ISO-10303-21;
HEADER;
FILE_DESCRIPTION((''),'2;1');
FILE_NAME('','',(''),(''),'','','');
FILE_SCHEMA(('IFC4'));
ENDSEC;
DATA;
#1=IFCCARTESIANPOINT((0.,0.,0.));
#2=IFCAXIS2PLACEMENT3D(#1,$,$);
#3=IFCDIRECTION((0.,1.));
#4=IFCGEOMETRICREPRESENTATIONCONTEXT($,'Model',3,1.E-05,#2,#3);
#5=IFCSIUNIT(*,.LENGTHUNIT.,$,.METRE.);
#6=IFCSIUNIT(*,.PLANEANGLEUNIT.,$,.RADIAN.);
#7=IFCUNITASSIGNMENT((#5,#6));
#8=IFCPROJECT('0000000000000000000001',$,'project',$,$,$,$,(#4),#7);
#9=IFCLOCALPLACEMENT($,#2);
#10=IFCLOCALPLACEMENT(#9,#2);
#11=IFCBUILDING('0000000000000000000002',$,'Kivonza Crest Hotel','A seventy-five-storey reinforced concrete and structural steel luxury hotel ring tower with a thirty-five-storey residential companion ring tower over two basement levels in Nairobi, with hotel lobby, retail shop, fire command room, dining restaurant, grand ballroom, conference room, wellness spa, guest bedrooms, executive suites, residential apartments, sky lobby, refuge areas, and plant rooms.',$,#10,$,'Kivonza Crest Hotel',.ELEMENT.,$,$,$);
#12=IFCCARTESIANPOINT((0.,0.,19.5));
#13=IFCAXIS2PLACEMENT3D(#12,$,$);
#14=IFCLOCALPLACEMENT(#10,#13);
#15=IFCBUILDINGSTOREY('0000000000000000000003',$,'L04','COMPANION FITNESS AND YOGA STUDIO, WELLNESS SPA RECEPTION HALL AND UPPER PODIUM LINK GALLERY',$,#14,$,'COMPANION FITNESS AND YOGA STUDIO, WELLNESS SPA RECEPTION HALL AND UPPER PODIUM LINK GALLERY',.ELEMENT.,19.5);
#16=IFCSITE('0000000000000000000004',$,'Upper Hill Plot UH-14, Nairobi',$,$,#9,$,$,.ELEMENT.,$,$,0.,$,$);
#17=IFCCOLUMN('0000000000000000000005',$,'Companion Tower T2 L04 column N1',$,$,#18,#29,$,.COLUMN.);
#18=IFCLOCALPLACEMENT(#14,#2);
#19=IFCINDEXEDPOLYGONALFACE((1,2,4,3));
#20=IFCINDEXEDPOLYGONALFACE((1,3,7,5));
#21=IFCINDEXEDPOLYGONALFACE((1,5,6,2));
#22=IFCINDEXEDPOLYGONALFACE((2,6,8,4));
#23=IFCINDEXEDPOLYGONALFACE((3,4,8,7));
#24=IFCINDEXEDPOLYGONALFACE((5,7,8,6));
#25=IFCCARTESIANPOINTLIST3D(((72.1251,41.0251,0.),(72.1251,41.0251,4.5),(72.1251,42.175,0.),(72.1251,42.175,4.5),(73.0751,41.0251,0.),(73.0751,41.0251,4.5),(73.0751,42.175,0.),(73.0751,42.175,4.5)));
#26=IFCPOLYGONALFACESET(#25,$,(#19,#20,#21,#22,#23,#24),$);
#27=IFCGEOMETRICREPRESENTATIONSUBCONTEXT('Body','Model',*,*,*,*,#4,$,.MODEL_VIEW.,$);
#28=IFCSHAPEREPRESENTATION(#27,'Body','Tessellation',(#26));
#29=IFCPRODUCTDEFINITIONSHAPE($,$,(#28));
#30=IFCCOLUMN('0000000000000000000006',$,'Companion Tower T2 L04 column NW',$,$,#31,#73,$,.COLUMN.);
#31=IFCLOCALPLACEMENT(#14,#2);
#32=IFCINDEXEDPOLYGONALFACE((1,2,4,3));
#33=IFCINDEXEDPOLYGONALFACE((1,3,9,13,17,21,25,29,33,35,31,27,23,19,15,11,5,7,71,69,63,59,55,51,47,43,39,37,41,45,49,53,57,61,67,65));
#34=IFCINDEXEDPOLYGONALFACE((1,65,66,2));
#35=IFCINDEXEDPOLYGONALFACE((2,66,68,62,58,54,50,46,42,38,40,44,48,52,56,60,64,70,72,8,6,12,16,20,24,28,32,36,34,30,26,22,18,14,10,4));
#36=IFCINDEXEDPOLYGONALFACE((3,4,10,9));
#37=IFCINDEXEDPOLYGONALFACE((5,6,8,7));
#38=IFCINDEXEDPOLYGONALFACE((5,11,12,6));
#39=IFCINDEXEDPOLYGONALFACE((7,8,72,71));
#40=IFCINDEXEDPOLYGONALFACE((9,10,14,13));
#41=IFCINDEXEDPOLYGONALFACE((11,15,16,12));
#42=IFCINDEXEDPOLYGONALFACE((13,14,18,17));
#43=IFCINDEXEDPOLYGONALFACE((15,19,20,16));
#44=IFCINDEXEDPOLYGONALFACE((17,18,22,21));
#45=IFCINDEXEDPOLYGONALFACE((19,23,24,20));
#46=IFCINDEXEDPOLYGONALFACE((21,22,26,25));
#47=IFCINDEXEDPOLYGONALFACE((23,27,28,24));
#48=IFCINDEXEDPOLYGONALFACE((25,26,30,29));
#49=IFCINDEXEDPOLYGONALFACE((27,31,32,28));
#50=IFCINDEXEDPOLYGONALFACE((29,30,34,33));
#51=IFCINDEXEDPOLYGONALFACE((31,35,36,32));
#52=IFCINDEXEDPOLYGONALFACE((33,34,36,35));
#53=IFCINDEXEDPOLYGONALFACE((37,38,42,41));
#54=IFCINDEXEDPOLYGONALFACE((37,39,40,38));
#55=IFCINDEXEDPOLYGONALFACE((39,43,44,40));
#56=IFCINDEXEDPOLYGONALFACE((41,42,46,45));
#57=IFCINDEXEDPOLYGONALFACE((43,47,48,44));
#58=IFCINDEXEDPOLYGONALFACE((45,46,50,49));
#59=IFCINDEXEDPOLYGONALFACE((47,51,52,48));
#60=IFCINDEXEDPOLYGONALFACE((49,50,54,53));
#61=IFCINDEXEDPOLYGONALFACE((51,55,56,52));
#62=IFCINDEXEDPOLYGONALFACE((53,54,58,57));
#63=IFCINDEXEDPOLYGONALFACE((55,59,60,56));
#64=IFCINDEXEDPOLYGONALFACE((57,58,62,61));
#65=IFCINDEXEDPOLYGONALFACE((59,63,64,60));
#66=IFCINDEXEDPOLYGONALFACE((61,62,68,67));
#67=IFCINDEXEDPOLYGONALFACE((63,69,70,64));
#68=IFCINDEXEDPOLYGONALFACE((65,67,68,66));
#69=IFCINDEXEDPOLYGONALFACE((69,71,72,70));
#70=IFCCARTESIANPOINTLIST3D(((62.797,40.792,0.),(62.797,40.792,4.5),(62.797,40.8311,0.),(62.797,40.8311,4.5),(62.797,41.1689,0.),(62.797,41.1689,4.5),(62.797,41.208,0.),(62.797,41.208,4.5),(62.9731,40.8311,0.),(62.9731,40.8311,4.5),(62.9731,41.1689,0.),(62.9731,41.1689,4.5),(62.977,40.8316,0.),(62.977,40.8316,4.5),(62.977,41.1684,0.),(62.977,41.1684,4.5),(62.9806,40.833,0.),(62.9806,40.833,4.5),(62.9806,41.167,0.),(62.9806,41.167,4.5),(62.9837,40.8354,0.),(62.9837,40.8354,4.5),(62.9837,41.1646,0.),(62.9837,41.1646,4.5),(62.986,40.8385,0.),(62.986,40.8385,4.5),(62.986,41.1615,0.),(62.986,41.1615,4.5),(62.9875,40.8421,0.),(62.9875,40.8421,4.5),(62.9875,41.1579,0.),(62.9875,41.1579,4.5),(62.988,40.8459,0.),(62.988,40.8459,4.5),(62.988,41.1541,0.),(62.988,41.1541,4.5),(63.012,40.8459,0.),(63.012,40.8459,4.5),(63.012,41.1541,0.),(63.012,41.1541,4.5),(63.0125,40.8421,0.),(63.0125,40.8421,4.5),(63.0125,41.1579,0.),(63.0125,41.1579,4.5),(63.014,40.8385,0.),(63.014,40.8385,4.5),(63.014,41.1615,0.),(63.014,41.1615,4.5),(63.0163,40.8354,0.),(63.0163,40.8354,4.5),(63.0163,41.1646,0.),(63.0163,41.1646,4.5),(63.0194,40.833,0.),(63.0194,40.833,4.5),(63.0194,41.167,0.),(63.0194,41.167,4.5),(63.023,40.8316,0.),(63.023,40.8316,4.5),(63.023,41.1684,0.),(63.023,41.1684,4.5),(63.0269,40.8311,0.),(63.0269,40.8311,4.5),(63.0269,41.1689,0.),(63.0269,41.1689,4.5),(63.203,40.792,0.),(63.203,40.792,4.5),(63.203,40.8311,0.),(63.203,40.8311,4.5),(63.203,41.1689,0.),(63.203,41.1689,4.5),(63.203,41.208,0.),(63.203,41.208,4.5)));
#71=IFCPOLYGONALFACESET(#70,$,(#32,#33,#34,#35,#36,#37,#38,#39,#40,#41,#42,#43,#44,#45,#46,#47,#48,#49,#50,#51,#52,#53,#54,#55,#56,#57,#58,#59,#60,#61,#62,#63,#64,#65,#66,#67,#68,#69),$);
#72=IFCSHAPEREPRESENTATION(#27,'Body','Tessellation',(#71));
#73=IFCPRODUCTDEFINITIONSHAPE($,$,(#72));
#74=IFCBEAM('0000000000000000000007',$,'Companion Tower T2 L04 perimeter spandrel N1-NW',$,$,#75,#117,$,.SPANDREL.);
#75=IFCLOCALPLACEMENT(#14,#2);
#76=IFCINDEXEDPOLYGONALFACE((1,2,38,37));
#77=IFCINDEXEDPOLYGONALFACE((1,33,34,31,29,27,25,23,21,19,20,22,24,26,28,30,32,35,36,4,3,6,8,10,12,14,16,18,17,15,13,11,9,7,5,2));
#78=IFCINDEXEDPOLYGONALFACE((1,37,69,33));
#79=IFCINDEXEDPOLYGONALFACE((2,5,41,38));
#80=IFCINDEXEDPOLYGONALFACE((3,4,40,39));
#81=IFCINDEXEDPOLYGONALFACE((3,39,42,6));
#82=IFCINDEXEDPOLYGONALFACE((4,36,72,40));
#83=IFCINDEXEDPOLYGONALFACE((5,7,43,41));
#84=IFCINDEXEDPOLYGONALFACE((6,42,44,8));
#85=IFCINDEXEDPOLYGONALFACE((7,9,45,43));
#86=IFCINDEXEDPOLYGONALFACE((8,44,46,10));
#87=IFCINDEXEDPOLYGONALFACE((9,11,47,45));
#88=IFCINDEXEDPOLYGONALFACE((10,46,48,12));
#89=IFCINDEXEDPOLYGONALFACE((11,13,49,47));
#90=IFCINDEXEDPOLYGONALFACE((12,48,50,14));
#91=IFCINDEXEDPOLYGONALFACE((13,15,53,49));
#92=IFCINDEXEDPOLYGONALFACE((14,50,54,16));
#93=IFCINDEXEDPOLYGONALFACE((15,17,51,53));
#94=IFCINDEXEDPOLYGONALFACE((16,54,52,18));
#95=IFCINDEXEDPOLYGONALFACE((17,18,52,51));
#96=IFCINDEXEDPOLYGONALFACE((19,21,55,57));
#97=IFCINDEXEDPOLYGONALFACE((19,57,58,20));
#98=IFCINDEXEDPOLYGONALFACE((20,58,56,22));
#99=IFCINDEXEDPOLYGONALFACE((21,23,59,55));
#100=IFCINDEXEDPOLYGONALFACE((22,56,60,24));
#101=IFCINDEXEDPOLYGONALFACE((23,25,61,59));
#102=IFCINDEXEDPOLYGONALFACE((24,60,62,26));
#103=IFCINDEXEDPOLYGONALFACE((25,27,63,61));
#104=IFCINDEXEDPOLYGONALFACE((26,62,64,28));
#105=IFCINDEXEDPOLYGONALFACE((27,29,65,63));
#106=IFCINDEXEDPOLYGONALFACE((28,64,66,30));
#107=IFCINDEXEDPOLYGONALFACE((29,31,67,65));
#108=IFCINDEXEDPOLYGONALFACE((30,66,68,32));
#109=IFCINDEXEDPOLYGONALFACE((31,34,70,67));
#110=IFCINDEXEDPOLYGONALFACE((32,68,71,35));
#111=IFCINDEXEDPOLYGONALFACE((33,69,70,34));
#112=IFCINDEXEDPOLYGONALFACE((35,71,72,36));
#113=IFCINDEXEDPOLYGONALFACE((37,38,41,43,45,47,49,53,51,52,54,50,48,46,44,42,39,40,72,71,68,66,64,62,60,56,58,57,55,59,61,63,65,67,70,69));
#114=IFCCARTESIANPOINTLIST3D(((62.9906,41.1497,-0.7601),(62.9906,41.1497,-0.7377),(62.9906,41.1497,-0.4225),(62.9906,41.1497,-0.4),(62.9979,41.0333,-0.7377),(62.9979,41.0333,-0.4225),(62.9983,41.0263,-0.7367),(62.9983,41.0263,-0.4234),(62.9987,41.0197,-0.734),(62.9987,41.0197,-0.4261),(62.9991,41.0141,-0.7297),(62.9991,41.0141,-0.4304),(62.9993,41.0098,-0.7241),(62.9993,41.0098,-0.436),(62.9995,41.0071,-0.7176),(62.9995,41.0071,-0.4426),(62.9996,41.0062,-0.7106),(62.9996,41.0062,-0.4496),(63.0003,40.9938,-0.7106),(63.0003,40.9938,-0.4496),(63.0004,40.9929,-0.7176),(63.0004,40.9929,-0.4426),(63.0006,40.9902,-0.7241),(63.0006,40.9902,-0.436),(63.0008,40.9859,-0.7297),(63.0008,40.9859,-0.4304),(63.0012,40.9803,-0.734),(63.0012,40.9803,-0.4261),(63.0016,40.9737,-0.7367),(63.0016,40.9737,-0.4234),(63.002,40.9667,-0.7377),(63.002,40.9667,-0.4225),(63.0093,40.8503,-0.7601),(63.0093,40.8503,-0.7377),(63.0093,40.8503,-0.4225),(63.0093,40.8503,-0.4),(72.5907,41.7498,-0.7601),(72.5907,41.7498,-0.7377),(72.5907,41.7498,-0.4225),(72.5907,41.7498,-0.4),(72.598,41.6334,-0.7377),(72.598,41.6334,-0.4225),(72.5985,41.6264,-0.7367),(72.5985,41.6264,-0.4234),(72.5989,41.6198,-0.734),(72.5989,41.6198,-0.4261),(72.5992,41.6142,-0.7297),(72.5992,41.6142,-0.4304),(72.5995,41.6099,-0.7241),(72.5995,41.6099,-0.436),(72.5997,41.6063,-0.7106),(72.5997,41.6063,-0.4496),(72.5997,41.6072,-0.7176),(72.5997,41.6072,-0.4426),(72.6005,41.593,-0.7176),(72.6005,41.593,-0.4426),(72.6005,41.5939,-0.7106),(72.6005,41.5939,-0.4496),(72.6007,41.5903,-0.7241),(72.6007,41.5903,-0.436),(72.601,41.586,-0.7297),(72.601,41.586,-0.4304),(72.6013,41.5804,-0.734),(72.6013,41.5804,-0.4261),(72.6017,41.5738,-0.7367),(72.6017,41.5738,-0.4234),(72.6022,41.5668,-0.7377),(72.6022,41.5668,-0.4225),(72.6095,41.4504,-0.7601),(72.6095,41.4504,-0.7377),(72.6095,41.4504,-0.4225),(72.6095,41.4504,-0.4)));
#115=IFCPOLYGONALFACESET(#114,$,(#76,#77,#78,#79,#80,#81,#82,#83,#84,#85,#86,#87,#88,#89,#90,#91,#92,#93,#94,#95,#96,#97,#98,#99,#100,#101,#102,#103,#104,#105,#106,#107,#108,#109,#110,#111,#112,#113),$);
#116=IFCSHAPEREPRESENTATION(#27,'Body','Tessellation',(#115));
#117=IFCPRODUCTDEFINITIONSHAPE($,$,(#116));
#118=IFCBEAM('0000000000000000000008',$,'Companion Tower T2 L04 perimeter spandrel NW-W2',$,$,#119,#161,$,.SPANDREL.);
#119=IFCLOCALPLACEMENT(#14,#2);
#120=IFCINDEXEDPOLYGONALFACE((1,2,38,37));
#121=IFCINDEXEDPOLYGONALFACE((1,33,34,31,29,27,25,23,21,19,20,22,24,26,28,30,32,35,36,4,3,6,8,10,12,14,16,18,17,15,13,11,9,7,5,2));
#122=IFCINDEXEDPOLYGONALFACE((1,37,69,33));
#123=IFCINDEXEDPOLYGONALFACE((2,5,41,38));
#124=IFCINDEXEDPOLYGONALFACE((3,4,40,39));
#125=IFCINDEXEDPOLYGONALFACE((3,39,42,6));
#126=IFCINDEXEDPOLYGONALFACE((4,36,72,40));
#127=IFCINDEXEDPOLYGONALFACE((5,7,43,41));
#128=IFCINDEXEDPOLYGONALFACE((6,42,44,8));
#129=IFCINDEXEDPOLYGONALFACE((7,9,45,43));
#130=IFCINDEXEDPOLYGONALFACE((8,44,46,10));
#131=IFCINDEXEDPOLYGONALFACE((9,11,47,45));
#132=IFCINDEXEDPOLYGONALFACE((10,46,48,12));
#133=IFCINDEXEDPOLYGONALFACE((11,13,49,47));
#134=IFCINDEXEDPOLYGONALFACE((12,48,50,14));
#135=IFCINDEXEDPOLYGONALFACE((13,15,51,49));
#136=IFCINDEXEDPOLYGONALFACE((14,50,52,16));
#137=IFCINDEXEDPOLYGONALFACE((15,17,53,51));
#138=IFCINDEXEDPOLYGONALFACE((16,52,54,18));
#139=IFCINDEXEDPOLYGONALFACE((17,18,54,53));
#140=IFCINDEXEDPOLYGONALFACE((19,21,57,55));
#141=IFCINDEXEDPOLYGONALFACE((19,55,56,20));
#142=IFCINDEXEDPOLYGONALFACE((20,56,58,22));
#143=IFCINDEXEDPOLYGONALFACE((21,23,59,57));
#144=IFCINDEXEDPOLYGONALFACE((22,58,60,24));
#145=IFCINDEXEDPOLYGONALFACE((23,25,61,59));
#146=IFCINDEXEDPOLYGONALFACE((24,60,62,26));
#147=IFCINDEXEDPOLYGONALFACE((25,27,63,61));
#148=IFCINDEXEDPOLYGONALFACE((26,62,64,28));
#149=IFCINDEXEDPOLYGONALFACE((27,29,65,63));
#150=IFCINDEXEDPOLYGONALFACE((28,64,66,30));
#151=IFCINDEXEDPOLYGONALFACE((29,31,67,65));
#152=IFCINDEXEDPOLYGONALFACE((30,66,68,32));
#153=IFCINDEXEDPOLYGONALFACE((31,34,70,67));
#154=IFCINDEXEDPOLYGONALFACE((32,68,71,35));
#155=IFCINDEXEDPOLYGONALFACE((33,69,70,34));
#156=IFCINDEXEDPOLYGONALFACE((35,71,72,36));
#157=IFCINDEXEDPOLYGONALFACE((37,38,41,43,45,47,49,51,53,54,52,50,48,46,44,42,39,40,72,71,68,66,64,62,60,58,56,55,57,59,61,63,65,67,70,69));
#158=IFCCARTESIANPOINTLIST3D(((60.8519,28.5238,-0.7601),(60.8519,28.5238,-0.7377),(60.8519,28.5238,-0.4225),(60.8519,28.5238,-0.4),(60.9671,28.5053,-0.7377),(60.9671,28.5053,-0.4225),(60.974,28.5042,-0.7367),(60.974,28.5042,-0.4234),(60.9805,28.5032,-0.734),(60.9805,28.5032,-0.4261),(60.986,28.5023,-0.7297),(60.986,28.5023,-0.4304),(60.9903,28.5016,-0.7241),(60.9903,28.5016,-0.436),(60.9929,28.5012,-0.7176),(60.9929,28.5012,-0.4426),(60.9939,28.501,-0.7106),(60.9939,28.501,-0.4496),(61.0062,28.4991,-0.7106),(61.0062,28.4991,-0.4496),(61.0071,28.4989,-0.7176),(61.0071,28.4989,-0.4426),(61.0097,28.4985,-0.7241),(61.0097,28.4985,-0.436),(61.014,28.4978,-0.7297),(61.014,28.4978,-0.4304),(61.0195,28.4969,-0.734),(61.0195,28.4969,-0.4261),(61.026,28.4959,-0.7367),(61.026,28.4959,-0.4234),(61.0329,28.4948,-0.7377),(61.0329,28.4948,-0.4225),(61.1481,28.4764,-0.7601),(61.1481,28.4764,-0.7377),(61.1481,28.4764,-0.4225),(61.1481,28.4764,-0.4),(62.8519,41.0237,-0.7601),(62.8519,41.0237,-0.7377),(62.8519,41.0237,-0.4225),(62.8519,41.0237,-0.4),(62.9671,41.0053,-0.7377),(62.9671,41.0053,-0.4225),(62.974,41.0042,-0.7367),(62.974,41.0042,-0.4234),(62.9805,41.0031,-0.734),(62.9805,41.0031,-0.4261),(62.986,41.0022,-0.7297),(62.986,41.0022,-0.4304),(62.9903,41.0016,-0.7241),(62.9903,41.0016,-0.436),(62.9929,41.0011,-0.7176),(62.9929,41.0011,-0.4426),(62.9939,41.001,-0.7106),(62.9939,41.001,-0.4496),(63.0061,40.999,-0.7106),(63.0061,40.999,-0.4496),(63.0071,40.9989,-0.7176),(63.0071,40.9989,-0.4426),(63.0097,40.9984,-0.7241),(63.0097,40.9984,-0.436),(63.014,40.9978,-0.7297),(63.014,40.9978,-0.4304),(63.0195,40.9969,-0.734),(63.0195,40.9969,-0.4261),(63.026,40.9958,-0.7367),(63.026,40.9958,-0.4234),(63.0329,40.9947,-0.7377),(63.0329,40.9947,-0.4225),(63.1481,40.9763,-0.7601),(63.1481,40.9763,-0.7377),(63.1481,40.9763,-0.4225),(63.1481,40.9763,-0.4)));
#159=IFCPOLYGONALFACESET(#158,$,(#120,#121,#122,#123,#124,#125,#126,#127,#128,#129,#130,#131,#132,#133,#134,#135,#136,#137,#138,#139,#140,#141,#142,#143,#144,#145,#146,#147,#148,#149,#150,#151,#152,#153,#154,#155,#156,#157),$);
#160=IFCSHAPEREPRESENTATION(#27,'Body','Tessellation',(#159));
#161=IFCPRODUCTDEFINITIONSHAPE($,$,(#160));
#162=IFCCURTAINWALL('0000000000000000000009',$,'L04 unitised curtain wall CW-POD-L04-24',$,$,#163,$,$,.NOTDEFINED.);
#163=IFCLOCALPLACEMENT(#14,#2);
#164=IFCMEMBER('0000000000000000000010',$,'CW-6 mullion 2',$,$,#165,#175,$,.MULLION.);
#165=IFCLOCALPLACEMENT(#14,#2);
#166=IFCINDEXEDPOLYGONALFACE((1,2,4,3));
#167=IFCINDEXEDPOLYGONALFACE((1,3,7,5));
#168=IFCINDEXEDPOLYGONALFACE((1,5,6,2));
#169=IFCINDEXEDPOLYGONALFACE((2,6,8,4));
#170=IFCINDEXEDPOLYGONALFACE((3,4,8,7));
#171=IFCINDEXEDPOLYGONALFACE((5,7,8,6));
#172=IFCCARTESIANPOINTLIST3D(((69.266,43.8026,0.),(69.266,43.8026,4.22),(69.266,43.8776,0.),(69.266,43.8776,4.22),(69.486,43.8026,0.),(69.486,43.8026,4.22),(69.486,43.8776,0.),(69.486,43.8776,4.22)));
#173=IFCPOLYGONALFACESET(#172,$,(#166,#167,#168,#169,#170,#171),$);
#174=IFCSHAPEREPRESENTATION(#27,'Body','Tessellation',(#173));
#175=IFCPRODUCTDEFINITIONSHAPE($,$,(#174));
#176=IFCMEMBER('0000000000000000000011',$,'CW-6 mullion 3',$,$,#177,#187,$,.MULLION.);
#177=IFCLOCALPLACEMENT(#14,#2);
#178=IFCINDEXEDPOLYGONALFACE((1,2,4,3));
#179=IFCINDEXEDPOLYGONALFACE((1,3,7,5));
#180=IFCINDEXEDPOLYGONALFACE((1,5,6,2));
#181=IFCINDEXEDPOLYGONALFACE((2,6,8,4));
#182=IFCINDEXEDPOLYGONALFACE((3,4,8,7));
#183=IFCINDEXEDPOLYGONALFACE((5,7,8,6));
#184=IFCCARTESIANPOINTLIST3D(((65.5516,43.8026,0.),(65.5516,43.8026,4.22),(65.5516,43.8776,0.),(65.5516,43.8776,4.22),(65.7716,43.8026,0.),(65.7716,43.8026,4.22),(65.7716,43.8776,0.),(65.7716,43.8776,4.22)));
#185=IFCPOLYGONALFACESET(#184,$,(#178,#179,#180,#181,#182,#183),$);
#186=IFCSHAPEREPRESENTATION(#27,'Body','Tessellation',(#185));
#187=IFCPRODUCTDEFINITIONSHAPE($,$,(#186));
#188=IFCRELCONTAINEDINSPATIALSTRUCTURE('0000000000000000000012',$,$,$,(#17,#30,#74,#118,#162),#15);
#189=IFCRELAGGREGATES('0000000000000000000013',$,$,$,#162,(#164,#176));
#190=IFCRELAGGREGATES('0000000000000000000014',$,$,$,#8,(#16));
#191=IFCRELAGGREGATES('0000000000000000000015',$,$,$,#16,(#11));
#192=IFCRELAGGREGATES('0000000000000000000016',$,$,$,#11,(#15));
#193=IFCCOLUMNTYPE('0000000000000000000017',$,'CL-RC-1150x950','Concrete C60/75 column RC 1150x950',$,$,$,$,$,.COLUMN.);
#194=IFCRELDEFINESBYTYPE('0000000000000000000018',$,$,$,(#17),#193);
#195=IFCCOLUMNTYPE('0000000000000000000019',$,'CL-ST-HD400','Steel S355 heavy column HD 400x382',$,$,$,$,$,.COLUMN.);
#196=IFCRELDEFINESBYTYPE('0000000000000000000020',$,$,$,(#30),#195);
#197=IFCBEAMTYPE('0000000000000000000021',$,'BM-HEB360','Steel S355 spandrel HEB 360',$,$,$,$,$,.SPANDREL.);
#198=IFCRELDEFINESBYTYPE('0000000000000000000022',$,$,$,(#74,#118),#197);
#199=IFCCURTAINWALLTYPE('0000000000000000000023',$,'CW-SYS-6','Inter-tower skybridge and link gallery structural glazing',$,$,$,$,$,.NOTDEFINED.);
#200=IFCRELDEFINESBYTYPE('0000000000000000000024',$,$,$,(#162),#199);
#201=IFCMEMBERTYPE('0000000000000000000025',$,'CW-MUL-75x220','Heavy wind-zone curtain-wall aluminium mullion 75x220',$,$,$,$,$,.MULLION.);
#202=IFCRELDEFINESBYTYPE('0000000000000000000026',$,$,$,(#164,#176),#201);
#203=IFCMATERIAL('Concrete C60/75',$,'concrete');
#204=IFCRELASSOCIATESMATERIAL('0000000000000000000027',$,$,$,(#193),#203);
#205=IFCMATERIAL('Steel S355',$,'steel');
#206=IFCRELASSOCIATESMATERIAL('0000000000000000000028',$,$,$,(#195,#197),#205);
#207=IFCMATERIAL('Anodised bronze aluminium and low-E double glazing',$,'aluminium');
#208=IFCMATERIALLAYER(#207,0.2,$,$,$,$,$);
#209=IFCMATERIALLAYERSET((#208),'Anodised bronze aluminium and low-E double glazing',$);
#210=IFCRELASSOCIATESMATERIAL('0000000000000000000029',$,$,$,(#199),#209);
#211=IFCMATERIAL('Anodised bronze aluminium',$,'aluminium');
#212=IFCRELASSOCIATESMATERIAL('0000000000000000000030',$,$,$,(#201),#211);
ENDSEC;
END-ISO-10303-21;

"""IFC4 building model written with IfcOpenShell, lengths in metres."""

from ifc_helpers import new_model, si_unit, direction, frame, origin, origin_2d, place, context, subcontext, project, spatial, rectangle, i_section, extrude, material, layer, layer_set, material_profile, profile_set, type_object, element, aggregate, save


model = new_model("IFC4")

# Units and contexts
model_context = context("Model", 3, precision=1e-05, world=origin(), true_north=direction((0.0, 1.0)))
body_context = subcontext(model_context, "Body", "Model", "MODEL_VIEW")
ifc_project = project(units=[si_unit("LENGTHUNIT", "METRE"), si_unit("PLANEANGLEUNIT", "RADIAN")], contexts=[model_context])

# Site, building, storey
site_placement = place(None, origin())
site = spatial("IfcSite", under=ifc_project, at=site_placement, Name="Upper Hill Plot UH-14, Nairobi", CompositionType="ELEMENT", RefElevation=0.0)
building_placement = place(site_placement, origin())
building = spatial("IfcBuilding", under=site, at=building_placement, Name="Kivonza Crest Hotel", Description="A seventy-five-storey reinforced concrete and structural steel luxury hotel ring tower with a thirty-five-storey residential companion ring tower over two basement levels in Nairobi, with hotel lobby, retail shop, fire command room, dining restaurant, grand ballroom, conference room, wellness spa, guest bedrooms, executive suites, residential apartments, sky lobby, refuge areas, and plant rooms.", LongName="Kivonza Crest Hotel", CompositionType="ELEMENT")
storey_placement = place(building_placement, frame((0.0, 0.0, 19.5)))
storey = spatial("IfcBuildingStorey", under=building, at=storey_placement, Name="L04", Description="COMPANION FITNESS AND YOGA STUDIO, WELLNESS SPA RECEPTION HALL AND UPPER PODIUM LINK GALLERY", LongName="COMPANION FITNESS AND YOGA STUDIO, WELLNESS SPA RECEPTION HALL AND UPPER PODIUM LINK GALLERY", CompositionType="ELEMENT", Elevation=19.5)

# Columns
ifc_material_1 = material(Name="Concrete C60/75", Category="concrete")
ifc_material_profile_1 = material_profile(ifc_material_1, rectangle(XDim=0.95, YDim=1.1499, at=origin_2d()), Name="RC 1150x950")
ifc_profile_set_1 = profile_set([ifc_material_profile_1], Name="Concrete C60/75")
column_type_1 = type_object("IfcColumnType", Name="CL-RC-1150x950", Description="Concrete C60/75 column RC 1150x950", PredefinedType="COLUMN", material=ifc_profile_set_1)
column_1_placement = place(storey_placement, frame((72.6001, 41.6001, 0.0), z_axis=(0.0, 0.0, 1.0), x_axis=(1.0, 0.0, 0.0)))
element("IfcColumn", 1, at=column_1_placement, inside=storey, type_object=column_type_1, Name="Companion Tower T2 L04 column N1", PredefinedType="COLUMN", context=body_context, shape_type="SweptSolid", body=[
    extrude(rectangle(XDim=0.95, YDim=1.1499, at=origin_2d()), origin(), (0.0, 0.0, 1.0), 4.5),
])
ifc_material_2 = material(Name="Steel S355", Category="steel")
ifc_material_profile_2 = material_profile(ifc_material_2, i_section(OverallWidth=0.406, OverallDepth=0.416, WebThickness=0.0239, FlangeThickness=0.0391, FilletRadius=0.0149, at=origin_2d()), Name="HD 400x382")
ifc_profile_set_2 = profile_set([ifc_material_profile_2], Name="Steel S355")
column_type_2 = type_object("IfcColumnType", Name="CL-ST-HD400", Description="Steel S355 heavy column HD 400x382", PredefinedType="COLUMN", material=ifc_profile_set_2)
column_2_placement = place(storey_placement, frame((63.0, 41.0, 0.0), z_axis=(0.0, 0.0, 1.0), x_axis=(1.0, 0.0, 0.0)))
element("IfcColumn", 2, at=column_2_placement, inside=storey, type_object=column_type_2, Name="Companion Tower T2 L04 column NW", PredefinedType="COLUMN", context=body_context, shape_type="SweptSolid", body=[
    extrude(i_section(OverallWidth=0.406, OverallDepth=0.416, WebThickness=0.0239, FlangeThickness=0.0391, FilletRadius=0.0149, at=origin_2d()), origin(), (0.0, 0.0, 1.0), 4.5),
])

# Beams
ifc_material_profile_3 = material_profile(ifc_material_2, i_section(OverallWidth=0.3, OverallDepth=0.3601, WebThickness=0.0125, FlangeThickness=0.0225, FilletRadius=0.0271, at=origin_2d()), Name="HEB 360")
ifc_profile_set_3 = profile_set([ifc_material_profile_3], Name="Steel S355")
beam_type = type_object("IfcBeamType", Name="BM-HEB360", Description="Steel S355 spandrel HEB 360", PredefinedType="SPANDREL", material=ifc_profile_set_3)
beam_1_placement = place(storey_placement, frame((72.6001, 41.6001, -0.5801), z_axis=(-0.998052, -0.062388, 0.0), x_axis=(0.062388, -0.998052, 0.0)))
element("IfcBeam", 3, at=beam_1_placement, inside=storey, type_object=beam_type, Name="Companion Tower T2 L04 perimeter spandrel N1-NW", PredefinedType="SPANDREL", context=body_context, shape_type="SweptSolid", body=[
    extrude(i_section(OverallWidth=0.3, OverallDepth=0.3601, WebThickness=0.0125, FlangeThickness=0.0225, FilletRadius=0.0271, at=origin_2d()), origin(), (0.0, 0.0, 1.0), 9.6189),
])
beam_2_placement = place(storey_placement, frame((63.0, 41.0, -0.5801), z_axis=(-0.157991, -0.987441, 0.0), x_axis=(0.987441, -0.157991, 0.0)))
element("IfcBeam", 4, at=beam_2_placement, inside=storey, type_object=beam_type, Name="Companion Tower T2 L04 perimeter spandrel NW-W2", PredefinedType="SPANDREL", context=body_context, shape_type="SweptSolid", body=[
    extrude(i_section(OverallWidth=0.3, OverallDepth=0.3601, WebThickness=0.0125, FlangeThickness=0.0225, FilletRadius=0.0271, at=origin_2d()), origin(), (0.0, 0.0, 1.0), 12.6589),
])

# Curtain wall, members
ifc_material_3 = material(Name="Anodised bronze aluminium and low-E double glazing", Category="aluminium")
ifc_layer_1 = layer(ifc_material_3, 0.2)
ifc_layer_set_1 = layer_set([ifc_layer_1], Name="Anodised bronze aluminium and low-E double glazing")
curtain_wall_type = type_object("IfcCurtainWallType", Name="CW-SYS-6", Description="Inter-tower skybridge and link gallery structural glazing", PredefinedType="NOTDEFINED", material=ifc_layer_set_1)
curtain_wall_1_placement = place(storey_placement, origin())
curtain_wall_1 = element("IfcCurtainWall", 5, at=curtain_wall_1_placement, inside=storey, type_object=curtain_wall_type, Name="L04 unitised curtain wall CW-POD-L04-24", PredefinedType="NOTDEFINED")
ifc_material_4 = material(Name="Anodised bronze aluminium", Category="aluminium")
ifc_material_profile_4 = material_profile(ifc_material_4, rectangle(XDim=0.075, YDim=0.22, at=origin_2d()), Name="CW-M 75x220")
ifc_profile_set_4 = profile_set([ifc_material_profile_4], Name="Anodised bronze aluminium")
member_type_1 = type_object("IfcMemberType", Name="CW-MUL-75x220", Description="Heavy wind-zone curtain-wall aluminium mullion 75x220", PredefinedType="MULLION", material=ifc_profile_set_4)
member_1_placement = place(storey_placement, frame((69.376, 43.8401, 0.0), z_axis=(0.0, 0.0, 1.0), x_axis=(0.0, -1.0, 0.0)))
member_1 = element("IfcMember", 6, at=member_1_placement, type_object=member_type_1, Name="CW-6 mullion 2", PredefinedType="MULLION", context=body_context, shape_type="SweptSolid", body=[
    extrude(rectangle(XDim=0.075, YDim=0.22, at=origin_2d()), origin(), (0.0, 0.0, 1.0), 4.22),
])
member_2_placement = place(storey_placement, frame((65.6616, 43.8401, 0.0), z_axis=(0.0, 0.0, 1.0), x_axis=(0.0, -1.0, 0.0)))
member_2 = element("IfcMember", 7, at=member_2_placement, type_object=member_type_1, Name="CW-6 mullion 3", PredefinedType="MULLION", context=body_context, shape_type="SweptSolid", body=[
    extrude(rectangle(XDim=0.075, YDim=0.22, at=origin_2d()), origin(), (0.0, 0.0, 1.0), 4.22),
])

aggregate(curtain_wall_1, [member_1, member_2])

save(model, "model.ifc")
